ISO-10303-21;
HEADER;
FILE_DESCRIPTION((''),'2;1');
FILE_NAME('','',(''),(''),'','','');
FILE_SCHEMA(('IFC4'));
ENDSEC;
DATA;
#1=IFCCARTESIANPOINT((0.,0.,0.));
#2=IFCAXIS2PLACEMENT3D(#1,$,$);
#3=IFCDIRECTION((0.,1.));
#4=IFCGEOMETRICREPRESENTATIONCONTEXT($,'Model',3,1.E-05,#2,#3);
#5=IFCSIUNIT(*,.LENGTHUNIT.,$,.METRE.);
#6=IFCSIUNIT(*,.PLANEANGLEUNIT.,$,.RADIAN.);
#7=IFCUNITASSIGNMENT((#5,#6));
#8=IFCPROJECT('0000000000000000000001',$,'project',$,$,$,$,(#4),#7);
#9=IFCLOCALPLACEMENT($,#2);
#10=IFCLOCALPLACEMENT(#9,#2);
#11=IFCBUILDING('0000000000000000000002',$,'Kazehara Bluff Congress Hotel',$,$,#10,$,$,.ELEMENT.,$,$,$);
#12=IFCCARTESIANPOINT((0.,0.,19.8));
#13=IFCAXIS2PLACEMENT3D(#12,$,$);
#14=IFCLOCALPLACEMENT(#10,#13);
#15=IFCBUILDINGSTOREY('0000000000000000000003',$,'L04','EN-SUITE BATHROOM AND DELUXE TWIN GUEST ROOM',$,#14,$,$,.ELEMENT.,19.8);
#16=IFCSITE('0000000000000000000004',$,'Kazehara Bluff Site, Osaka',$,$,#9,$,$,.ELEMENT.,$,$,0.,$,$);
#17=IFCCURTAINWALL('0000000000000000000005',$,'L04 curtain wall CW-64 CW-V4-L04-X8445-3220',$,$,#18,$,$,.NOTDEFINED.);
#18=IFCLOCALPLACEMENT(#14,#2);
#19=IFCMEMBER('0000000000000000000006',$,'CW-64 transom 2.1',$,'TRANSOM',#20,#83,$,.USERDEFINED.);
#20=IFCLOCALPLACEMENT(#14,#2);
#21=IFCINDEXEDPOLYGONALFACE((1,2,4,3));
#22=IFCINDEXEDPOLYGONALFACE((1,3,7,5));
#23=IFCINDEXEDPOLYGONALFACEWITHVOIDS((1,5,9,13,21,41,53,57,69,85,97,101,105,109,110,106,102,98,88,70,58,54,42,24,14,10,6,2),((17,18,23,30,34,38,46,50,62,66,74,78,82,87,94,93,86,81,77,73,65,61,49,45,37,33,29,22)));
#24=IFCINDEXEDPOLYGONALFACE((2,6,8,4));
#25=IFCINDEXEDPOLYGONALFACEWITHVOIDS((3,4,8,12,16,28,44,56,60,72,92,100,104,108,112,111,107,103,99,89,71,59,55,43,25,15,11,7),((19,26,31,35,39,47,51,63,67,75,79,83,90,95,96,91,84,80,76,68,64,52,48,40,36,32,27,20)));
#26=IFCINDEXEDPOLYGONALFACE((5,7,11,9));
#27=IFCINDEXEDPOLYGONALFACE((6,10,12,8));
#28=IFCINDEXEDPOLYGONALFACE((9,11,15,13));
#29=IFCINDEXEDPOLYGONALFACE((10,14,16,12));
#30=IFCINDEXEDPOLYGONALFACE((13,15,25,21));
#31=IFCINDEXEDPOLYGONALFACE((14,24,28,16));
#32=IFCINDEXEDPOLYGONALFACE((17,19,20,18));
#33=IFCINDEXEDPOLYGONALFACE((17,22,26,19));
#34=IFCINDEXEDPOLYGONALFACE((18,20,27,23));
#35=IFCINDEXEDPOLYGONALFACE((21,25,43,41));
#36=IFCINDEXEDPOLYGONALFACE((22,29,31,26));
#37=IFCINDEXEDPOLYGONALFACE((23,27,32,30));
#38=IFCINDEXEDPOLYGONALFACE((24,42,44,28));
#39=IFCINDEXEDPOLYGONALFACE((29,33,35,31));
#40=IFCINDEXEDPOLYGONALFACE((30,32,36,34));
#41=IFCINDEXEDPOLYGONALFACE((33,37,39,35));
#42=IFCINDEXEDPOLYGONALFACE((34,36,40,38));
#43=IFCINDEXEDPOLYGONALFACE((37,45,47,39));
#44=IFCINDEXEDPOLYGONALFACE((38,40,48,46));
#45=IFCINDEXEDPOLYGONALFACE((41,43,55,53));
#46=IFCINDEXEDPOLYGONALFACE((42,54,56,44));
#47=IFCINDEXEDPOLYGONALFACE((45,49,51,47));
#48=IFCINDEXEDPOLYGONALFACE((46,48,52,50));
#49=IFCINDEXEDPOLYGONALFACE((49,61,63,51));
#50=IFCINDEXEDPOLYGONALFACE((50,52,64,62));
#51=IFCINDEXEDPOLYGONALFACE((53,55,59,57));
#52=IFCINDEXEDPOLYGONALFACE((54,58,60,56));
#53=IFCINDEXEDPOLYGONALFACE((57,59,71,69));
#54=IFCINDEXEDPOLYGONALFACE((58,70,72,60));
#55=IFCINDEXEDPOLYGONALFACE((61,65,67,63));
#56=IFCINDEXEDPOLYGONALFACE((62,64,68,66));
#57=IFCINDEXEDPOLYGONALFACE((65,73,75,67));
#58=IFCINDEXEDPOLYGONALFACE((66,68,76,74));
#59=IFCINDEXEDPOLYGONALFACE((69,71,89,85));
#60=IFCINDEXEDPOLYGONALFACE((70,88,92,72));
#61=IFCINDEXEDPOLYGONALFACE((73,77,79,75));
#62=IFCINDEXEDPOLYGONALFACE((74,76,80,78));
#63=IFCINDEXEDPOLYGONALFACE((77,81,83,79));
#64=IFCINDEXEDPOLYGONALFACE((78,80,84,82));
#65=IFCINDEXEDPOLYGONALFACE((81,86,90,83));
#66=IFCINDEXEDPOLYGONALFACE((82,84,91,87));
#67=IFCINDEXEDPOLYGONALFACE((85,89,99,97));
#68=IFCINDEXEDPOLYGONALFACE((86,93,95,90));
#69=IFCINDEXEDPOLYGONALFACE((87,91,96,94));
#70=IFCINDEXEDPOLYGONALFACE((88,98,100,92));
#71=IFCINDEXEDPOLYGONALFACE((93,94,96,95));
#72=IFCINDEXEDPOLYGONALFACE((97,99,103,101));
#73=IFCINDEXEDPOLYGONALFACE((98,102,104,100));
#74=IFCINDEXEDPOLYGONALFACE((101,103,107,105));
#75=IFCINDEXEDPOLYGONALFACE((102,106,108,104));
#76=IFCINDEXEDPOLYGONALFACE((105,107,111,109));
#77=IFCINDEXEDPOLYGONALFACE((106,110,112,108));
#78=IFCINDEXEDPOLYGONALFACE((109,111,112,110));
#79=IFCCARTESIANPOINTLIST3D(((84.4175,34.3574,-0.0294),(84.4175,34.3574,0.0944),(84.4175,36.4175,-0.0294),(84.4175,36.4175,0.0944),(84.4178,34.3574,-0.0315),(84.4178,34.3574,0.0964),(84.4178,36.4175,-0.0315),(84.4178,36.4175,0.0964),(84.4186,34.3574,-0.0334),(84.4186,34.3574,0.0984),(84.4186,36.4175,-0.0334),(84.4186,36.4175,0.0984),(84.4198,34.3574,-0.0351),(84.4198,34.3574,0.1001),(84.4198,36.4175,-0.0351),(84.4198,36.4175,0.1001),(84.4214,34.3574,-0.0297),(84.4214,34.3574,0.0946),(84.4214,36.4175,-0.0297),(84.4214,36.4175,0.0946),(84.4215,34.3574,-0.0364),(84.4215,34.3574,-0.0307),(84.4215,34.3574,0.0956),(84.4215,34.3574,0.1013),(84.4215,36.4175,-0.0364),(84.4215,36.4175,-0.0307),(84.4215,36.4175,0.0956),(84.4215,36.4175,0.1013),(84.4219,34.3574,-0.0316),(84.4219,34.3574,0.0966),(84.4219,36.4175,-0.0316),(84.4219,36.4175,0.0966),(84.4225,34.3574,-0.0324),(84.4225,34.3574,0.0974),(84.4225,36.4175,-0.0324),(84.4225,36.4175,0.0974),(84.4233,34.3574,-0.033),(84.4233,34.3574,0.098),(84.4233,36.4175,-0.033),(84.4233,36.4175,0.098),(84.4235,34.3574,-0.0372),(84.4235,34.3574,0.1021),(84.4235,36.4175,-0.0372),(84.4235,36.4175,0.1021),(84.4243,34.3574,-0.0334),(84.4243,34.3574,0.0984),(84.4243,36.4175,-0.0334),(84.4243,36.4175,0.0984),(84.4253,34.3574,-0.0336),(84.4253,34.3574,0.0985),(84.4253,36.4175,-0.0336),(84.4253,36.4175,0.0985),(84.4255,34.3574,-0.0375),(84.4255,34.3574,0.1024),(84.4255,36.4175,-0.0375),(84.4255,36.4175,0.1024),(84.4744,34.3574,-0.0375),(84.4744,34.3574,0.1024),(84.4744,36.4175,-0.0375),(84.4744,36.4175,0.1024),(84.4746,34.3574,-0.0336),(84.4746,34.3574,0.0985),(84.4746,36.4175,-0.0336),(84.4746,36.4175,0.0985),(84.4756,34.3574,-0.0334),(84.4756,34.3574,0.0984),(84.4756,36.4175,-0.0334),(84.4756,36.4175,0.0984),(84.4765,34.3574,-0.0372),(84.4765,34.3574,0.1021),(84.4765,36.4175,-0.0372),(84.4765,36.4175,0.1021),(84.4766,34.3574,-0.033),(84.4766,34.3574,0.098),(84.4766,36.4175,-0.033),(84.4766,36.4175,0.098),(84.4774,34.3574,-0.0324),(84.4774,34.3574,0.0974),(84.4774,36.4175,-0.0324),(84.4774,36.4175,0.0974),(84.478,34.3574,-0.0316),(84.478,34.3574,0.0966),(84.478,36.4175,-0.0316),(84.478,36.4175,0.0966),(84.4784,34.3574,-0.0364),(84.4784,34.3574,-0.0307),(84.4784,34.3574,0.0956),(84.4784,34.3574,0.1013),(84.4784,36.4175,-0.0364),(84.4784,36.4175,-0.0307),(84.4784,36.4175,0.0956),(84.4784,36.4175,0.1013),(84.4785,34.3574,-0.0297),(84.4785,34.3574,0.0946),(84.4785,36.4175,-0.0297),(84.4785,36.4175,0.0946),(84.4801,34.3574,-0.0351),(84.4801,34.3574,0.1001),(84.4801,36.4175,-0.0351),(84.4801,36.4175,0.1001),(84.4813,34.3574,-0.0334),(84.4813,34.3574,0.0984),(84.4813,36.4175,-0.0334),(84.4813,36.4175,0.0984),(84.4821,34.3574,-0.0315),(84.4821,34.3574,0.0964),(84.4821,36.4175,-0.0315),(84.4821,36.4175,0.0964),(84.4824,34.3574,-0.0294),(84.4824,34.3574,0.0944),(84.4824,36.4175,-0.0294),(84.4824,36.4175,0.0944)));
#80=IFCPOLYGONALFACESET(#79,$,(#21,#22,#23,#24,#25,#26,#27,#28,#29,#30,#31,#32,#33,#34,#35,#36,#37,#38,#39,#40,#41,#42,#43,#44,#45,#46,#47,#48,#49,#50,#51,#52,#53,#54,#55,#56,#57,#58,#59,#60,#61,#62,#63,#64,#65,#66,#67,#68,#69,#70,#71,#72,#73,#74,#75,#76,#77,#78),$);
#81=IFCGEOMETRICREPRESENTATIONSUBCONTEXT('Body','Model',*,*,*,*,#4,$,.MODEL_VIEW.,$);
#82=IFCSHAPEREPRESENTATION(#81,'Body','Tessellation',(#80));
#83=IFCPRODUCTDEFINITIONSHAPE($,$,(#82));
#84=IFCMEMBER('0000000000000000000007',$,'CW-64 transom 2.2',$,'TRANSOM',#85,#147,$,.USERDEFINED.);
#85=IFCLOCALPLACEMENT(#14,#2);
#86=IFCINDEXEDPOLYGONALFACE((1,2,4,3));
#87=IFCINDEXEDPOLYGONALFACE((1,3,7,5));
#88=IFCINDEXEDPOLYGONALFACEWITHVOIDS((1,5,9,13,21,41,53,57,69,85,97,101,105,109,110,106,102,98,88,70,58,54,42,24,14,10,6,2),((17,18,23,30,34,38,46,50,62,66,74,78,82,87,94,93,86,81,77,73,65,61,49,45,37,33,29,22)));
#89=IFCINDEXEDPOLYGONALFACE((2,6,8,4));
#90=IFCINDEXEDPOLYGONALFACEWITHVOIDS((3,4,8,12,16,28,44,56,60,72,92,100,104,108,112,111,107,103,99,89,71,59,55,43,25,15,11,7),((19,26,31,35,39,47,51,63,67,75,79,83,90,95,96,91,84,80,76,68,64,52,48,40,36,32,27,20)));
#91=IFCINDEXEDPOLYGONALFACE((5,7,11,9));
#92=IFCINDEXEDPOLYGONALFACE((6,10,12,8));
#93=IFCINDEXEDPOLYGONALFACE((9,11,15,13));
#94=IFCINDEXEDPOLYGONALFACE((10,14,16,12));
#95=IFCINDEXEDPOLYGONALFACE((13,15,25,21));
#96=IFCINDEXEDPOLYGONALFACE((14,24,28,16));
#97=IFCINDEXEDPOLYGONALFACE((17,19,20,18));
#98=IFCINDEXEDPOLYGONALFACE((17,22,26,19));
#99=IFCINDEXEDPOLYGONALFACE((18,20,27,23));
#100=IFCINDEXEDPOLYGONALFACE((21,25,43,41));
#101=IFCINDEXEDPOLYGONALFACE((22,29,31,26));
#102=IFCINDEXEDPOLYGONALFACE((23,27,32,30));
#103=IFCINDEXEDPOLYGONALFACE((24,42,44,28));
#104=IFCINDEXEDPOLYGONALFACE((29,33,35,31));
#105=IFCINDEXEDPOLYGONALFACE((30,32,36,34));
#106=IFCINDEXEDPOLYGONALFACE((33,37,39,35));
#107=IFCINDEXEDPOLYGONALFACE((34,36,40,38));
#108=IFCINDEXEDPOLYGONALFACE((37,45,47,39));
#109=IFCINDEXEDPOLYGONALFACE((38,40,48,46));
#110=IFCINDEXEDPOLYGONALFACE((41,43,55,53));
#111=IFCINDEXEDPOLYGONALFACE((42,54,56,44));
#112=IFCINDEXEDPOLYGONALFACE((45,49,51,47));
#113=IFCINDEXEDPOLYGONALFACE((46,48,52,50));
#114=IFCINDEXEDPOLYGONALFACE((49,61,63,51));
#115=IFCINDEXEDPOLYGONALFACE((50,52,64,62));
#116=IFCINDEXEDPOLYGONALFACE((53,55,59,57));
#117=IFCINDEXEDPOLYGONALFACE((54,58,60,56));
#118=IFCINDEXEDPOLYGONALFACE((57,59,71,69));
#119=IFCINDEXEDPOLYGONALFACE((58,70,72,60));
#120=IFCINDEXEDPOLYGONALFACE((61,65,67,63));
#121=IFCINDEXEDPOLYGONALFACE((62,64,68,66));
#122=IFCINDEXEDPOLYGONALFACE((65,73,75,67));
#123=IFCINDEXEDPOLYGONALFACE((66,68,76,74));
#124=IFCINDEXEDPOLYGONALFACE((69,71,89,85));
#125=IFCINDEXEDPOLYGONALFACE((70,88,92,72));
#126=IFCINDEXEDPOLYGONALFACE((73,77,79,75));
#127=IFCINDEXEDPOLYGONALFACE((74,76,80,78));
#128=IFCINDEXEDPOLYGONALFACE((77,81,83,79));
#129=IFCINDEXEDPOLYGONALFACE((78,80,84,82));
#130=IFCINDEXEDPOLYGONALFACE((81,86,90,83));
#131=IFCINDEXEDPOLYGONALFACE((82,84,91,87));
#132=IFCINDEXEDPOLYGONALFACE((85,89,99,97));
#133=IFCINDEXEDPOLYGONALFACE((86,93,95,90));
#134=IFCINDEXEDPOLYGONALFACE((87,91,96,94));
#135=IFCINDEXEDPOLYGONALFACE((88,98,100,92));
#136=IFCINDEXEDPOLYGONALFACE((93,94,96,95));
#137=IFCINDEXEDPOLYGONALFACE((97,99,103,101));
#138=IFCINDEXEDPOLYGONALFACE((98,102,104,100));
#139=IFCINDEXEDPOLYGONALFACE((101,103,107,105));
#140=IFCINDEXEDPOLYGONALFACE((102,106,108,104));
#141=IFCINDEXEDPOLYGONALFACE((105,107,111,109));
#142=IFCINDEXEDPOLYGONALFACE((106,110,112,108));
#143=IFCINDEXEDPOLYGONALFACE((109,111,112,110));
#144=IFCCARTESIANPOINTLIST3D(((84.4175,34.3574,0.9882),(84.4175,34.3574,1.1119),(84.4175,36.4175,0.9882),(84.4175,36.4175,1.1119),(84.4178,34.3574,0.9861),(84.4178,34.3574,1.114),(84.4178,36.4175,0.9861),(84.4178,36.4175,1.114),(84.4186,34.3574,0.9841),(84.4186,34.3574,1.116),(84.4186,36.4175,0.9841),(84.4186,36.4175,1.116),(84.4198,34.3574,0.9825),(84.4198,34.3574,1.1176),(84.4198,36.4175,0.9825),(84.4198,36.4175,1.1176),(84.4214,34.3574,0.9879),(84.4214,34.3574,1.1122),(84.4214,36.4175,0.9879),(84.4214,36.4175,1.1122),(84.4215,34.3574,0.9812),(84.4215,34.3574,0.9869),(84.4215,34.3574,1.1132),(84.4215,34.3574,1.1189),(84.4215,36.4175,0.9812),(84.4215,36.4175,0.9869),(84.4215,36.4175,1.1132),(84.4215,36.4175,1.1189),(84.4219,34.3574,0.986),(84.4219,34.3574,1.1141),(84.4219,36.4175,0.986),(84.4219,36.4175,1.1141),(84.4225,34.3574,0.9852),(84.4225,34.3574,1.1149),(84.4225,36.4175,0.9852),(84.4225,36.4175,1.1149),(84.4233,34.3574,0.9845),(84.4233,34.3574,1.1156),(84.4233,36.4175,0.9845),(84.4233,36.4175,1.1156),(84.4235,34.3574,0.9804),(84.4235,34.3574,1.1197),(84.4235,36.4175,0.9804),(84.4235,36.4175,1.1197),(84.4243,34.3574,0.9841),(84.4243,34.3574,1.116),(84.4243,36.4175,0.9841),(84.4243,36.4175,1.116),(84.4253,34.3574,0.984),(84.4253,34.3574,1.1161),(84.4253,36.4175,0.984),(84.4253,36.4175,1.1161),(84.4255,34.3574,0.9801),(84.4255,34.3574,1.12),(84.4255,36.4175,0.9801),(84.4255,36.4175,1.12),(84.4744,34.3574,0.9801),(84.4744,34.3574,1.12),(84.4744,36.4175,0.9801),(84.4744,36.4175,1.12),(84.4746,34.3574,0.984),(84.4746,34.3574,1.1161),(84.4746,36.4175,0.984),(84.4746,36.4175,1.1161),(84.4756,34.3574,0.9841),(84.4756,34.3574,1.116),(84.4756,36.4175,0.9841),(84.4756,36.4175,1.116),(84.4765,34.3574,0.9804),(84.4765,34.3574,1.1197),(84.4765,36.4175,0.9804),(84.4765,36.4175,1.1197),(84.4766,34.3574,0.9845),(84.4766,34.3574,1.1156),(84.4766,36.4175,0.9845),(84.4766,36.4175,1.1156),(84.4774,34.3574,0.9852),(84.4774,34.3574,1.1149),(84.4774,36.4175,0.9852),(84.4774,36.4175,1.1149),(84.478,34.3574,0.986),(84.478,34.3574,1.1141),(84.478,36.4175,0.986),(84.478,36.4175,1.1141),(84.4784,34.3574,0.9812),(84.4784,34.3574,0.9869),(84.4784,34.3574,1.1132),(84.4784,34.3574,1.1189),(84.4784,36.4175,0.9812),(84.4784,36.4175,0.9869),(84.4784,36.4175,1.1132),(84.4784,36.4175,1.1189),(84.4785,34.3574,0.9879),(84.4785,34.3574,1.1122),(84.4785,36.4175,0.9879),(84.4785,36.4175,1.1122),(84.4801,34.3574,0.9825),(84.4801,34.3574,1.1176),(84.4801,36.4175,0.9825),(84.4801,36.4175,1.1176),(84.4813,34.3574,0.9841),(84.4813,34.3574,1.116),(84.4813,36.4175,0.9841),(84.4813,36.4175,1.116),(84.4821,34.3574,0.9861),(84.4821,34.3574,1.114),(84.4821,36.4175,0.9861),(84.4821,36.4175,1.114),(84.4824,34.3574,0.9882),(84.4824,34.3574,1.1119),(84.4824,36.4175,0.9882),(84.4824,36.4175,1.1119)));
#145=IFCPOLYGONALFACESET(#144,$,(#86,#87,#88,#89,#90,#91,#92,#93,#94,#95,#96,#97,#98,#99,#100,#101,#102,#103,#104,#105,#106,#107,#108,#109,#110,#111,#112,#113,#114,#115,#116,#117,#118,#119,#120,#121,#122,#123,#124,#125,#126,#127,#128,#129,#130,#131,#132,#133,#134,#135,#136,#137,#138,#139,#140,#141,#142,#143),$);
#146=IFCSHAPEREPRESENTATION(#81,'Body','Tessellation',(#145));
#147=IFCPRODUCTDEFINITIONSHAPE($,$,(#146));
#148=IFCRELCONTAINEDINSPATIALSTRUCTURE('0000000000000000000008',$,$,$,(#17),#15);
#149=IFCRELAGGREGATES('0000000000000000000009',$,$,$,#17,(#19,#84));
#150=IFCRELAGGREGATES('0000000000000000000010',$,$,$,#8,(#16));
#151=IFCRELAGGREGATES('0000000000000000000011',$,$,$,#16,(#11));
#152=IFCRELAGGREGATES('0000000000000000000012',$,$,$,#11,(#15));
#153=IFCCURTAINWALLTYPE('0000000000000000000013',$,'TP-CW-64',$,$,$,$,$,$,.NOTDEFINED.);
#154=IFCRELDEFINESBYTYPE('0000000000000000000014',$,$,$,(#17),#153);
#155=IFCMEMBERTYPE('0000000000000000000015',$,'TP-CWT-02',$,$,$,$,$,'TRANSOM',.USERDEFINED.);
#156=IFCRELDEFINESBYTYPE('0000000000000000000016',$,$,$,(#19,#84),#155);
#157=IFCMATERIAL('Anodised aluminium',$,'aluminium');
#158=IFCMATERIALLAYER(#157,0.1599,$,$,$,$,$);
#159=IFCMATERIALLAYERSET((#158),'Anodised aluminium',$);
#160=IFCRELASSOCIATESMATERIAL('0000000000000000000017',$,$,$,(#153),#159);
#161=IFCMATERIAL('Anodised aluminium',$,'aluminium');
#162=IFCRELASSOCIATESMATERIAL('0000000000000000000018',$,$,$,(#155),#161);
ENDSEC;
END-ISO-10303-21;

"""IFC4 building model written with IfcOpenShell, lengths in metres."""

from ifc_helpers import new_model, si_unit, direction, frame, origin, origin_2d, place, context, subcontext, project, spatial, hollow_rectangle, extrude, material, layer, layer_set, material_profile, profile_set, type_object, element, aggregate, save


model = new_model("IFC4")

# Units and contexts
model_context = context("Model", 3, precision=1e-05, world=origin(), true_north=direction((0.0, 1.0)))
body_context = subcontext(model_context, "Body", "Model", "MODEL_VIEW")
ifc_project = project(units=[si_unit("LENGTHUNIT", "METRE"), si_unit("PLANEANGLEUNIT", "RADIAN")], contexts=[model_context])

# Site, building, storey
site_placement = place(None, origin())
site = spatial("IfcSite", under=ifc_project, at=site_placement, Name="Kazehara Bluff Site, Osaka", CompositionType="ELEMENT", RefElevation=0.0)
building_placement = place(site_placement, origin())
building = spatial("IfcBuilding", under=site, at=building_placement, Name="Kazehara Bluff Congress Hotel", CompositionType="ELEMENT")
storey_placement = place(building_placement, frame((0.0, 0.0, 19.8)))
storey = spatial("IfcBuildingStorey", under=building, at=storey_placement, Name="L04", Description="EN-SUITE BATHROOM AND DELUXE TWIN GUEST ROOM", CompositionType="ELEMENT", Elevation=19.8)

# Curtain wall
ifc_material_1 = material(Name="Anodised aluminium", Category="aluminium")
ifc_layer_1 = layer(ifc_material_1, 0.1599)
ifc_layer_set_1 = layer_set([ifc_layer_1], Name="Anodised aluminium")
curtain_wall_type_1 = type_object("IfcCurtainWallType", Name="TP-CW-64", PredefinedType="NOTDEFINED", material=ifc_layer_set_1)
curtain_wall_1_placement = place(storey_placement, origin())
curtain_wall_1 = element("IfcCurtainWall", 1, at=curtain_wall_1_placement, inside=storey, type_object=curtain_wall_type_1, Name="L04 curtain wall CW-64 CW-V4-L04-X8445-3220", PredefinedType="NOTDEFINED")

# Members
ifc_material_2 = material(Name="Anodised aluminium", Category="aluminium")
ifc_material_profile_1 = material_profile(ifc_material_2, hollow_rectangle(XDim=0.0649, YDim=0.1399, WallThickness=0.0039, InnerFilletRadius=0.0039, OuterFilletRadius=0.0081, at=origin_2d()))
ifc_profile_set_1 = profile_set([ifc_material_profile_1], Name="Anodised aluminium")
member_type_1 = type_object("IfcMemberType", Name="TP-CWT-02", ElementType="TRANSOM", PredefinedType="USERDEFINED", material=ifc_profile_set_1)
member_1_placement = place(storey_placement, frame((84.45, 34.3574, 0.0325), z_axis=(0.0, 1.0, 0.0), x_axis=(-1.0, 0.0, 0.0)))
member_1 = element("IfcMember", 2, at=member_1_placement, type_object=member_type_1, Name="CW-64 transom 2.1", ObjectType="TRANSOM", PredefinedType="USERDEFINED", context=body_context, shape_type="SweptSolid", body=[
    extrude(hollow_rectangle(XDim=0.0649, YDim=0.1399, WallThickness=0.0039, InnerFilletRadius=0.0039, OuterFilletRadius=0.0081, at=origin_2d()), origin(), (0.0, 0.0, 1.0), 2.0601),
])
member_2_placement = place(storey_placement, frame((84.45, 34.3574, 1.05), z_axis=(0.0, 1.0, 0.0), x_axis=(-1.0, 0.0, 0.0)))
member_2 = element("IfcMember", 3, at=member_2_placement, type_object=member_type_1, Name="CW-64 transom 2.2", ObjectType="TRANSOM", PredefinedType="USERDEFINED", context=body_context, shape_type="SweptSolid", body=[
    extrude(hollow_rectangle(XDim=0.0649, YDim=0.1399, WallThickness=0.0039, InnerFilletRadius=0.0039, OuterFilletRadius=0.0081, at=origin_2d()), origin(), (0.0, 0.0, 1.0), 2.0601),
])

aggregate(curtain_wall_1, [member_1, member_2])

save(model, "model.ifc")
